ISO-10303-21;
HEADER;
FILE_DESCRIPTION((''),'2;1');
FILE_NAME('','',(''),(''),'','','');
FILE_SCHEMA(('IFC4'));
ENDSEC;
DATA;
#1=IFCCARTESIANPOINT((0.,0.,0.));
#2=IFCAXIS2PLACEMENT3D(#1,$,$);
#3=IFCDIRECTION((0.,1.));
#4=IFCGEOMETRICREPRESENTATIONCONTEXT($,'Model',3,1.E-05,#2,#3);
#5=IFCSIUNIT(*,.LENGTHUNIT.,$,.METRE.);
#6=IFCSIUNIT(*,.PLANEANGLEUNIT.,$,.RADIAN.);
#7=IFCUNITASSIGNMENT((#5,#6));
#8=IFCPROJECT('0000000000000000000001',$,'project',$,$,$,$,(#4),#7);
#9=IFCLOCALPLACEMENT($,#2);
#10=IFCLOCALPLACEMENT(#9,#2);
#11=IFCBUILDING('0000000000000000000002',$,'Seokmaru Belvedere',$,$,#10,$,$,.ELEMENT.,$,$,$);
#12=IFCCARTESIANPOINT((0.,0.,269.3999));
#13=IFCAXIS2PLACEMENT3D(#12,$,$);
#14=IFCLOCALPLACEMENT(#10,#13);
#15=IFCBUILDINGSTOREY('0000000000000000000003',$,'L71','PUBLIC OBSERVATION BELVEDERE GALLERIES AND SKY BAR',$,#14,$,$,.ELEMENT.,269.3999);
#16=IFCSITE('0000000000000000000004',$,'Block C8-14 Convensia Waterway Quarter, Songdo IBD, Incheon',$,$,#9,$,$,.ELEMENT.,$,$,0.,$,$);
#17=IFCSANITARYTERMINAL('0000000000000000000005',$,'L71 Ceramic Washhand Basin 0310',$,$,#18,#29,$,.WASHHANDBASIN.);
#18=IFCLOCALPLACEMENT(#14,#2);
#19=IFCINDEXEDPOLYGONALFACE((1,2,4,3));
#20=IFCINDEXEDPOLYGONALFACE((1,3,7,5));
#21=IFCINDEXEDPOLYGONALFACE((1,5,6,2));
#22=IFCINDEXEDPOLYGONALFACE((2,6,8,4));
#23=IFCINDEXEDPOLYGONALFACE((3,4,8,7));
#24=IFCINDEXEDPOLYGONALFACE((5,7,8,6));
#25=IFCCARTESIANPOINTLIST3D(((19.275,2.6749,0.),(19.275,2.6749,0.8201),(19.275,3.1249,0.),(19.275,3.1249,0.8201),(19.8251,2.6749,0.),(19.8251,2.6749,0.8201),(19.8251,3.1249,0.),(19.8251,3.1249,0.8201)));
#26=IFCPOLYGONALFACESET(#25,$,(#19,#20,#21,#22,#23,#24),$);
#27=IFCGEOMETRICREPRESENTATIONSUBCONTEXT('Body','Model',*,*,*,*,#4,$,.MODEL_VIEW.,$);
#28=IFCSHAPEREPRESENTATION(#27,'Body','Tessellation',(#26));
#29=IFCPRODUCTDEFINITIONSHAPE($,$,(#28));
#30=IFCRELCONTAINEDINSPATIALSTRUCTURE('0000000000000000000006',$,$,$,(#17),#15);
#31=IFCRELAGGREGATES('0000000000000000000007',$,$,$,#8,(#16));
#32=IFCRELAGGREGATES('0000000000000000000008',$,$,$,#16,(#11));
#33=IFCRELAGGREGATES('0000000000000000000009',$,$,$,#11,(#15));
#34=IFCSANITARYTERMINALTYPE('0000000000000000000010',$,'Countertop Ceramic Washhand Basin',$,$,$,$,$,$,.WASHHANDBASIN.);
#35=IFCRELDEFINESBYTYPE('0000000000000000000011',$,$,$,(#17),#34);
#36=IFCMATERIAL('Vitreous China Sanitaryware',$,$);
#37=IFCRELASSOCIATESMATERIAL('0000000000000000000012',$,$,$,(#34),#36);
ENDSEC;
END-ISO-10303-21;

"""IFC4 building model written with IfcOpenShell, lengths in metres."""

from ifc_helpers import new_model, si_unit, direction, frame, origin, origin_2d, place, context, subcontext, project, spatial, rectangle, extrude, source, transform, mapped, material, type_object, type_shapes, element, save


model = new_model("IFC4")

# Units and contexts
model_context = context("Model", 3, precision=1e-05, world=origin(), true_north=direction((0.0, 1.0)))
body_context = subcontext(model_context, "Body", "Model", "MODEL_VIEW")
ifc_project = project(units=[si_unit("LENGTHUNIT", "METRE"), si_unit("PLANEANGLEUNIT", "RADIAN")], contexts=[model_context])

# Site, building, storey
site_placement = place(None, origin())
site = spatial("IfcSite", under=ifc_project, at=site_placement, Name="Block C8-14 Convensia Waterway Quarter, Songdo IBD, Incheon", CompositionType="ELEMENT", RefElevation=0.0)
building_placement = place(site_placement, origin())
building = spatial("IfcBuilding", under=site, at=building_placement, Name="Seokmaru Belvedere", CompositionType="ELEMENT")
storey_placement = place(building_placement, frame((0.0, 0.0, 269.3999)))
storey = spatial("IfcBuildingStorey", under=building, at=storey_placement, Name="L71", Description="PUBLIC OBSERVATION BELVEDERE GALLERIES AND SKY BAR", CompositionType="ELEMENT", Elevation=269.3999)

# Sanitary terminal
ifc_material_1 = material(Name="Vitreous China Sanitaryware")
sanitary_terminal_type_1 = type_object("IfcSanitaryTerminalType", Name="Countertop Ceramic Washhand Basin", PredefinedType="WASHHANDBASIN", material=ifc_material_1)
shared_shape_1 = source(origin(), body_context, "Body", "SweptSolid", [
    extrude(rectangle(XDim=0.55, YDim=0.45, at=origin_2d()), origin(), (0.0, 0.0, 1.0), 0.8201),
])
type_shapes(sanitary_terminal_type_1, [shared_shape_1])
sanitary_terminal_1_placement = place(storey_placement, frame((19.55, 2.8999, 0.0), z_axis=(0.0, 0.0, 1.0), x_axis=(1.0, 0.0, 0.0)))
element("IfcSanitaryTerminal", 1, at=sanitary_terminal_1_placement, inside=storey, type_object=sanitary_terminal_type_1, Name="L71 Ceramic Washhand Basin 0310", PredefinedType="WASHHANDBASIN", context=body_context, shape_type="MappedRepresentation", body=[
    mapped(shared_shape_1, transform((0.0, 0.0, 0.0), scale=1.0)),
])

save(model, "model.ifc")
